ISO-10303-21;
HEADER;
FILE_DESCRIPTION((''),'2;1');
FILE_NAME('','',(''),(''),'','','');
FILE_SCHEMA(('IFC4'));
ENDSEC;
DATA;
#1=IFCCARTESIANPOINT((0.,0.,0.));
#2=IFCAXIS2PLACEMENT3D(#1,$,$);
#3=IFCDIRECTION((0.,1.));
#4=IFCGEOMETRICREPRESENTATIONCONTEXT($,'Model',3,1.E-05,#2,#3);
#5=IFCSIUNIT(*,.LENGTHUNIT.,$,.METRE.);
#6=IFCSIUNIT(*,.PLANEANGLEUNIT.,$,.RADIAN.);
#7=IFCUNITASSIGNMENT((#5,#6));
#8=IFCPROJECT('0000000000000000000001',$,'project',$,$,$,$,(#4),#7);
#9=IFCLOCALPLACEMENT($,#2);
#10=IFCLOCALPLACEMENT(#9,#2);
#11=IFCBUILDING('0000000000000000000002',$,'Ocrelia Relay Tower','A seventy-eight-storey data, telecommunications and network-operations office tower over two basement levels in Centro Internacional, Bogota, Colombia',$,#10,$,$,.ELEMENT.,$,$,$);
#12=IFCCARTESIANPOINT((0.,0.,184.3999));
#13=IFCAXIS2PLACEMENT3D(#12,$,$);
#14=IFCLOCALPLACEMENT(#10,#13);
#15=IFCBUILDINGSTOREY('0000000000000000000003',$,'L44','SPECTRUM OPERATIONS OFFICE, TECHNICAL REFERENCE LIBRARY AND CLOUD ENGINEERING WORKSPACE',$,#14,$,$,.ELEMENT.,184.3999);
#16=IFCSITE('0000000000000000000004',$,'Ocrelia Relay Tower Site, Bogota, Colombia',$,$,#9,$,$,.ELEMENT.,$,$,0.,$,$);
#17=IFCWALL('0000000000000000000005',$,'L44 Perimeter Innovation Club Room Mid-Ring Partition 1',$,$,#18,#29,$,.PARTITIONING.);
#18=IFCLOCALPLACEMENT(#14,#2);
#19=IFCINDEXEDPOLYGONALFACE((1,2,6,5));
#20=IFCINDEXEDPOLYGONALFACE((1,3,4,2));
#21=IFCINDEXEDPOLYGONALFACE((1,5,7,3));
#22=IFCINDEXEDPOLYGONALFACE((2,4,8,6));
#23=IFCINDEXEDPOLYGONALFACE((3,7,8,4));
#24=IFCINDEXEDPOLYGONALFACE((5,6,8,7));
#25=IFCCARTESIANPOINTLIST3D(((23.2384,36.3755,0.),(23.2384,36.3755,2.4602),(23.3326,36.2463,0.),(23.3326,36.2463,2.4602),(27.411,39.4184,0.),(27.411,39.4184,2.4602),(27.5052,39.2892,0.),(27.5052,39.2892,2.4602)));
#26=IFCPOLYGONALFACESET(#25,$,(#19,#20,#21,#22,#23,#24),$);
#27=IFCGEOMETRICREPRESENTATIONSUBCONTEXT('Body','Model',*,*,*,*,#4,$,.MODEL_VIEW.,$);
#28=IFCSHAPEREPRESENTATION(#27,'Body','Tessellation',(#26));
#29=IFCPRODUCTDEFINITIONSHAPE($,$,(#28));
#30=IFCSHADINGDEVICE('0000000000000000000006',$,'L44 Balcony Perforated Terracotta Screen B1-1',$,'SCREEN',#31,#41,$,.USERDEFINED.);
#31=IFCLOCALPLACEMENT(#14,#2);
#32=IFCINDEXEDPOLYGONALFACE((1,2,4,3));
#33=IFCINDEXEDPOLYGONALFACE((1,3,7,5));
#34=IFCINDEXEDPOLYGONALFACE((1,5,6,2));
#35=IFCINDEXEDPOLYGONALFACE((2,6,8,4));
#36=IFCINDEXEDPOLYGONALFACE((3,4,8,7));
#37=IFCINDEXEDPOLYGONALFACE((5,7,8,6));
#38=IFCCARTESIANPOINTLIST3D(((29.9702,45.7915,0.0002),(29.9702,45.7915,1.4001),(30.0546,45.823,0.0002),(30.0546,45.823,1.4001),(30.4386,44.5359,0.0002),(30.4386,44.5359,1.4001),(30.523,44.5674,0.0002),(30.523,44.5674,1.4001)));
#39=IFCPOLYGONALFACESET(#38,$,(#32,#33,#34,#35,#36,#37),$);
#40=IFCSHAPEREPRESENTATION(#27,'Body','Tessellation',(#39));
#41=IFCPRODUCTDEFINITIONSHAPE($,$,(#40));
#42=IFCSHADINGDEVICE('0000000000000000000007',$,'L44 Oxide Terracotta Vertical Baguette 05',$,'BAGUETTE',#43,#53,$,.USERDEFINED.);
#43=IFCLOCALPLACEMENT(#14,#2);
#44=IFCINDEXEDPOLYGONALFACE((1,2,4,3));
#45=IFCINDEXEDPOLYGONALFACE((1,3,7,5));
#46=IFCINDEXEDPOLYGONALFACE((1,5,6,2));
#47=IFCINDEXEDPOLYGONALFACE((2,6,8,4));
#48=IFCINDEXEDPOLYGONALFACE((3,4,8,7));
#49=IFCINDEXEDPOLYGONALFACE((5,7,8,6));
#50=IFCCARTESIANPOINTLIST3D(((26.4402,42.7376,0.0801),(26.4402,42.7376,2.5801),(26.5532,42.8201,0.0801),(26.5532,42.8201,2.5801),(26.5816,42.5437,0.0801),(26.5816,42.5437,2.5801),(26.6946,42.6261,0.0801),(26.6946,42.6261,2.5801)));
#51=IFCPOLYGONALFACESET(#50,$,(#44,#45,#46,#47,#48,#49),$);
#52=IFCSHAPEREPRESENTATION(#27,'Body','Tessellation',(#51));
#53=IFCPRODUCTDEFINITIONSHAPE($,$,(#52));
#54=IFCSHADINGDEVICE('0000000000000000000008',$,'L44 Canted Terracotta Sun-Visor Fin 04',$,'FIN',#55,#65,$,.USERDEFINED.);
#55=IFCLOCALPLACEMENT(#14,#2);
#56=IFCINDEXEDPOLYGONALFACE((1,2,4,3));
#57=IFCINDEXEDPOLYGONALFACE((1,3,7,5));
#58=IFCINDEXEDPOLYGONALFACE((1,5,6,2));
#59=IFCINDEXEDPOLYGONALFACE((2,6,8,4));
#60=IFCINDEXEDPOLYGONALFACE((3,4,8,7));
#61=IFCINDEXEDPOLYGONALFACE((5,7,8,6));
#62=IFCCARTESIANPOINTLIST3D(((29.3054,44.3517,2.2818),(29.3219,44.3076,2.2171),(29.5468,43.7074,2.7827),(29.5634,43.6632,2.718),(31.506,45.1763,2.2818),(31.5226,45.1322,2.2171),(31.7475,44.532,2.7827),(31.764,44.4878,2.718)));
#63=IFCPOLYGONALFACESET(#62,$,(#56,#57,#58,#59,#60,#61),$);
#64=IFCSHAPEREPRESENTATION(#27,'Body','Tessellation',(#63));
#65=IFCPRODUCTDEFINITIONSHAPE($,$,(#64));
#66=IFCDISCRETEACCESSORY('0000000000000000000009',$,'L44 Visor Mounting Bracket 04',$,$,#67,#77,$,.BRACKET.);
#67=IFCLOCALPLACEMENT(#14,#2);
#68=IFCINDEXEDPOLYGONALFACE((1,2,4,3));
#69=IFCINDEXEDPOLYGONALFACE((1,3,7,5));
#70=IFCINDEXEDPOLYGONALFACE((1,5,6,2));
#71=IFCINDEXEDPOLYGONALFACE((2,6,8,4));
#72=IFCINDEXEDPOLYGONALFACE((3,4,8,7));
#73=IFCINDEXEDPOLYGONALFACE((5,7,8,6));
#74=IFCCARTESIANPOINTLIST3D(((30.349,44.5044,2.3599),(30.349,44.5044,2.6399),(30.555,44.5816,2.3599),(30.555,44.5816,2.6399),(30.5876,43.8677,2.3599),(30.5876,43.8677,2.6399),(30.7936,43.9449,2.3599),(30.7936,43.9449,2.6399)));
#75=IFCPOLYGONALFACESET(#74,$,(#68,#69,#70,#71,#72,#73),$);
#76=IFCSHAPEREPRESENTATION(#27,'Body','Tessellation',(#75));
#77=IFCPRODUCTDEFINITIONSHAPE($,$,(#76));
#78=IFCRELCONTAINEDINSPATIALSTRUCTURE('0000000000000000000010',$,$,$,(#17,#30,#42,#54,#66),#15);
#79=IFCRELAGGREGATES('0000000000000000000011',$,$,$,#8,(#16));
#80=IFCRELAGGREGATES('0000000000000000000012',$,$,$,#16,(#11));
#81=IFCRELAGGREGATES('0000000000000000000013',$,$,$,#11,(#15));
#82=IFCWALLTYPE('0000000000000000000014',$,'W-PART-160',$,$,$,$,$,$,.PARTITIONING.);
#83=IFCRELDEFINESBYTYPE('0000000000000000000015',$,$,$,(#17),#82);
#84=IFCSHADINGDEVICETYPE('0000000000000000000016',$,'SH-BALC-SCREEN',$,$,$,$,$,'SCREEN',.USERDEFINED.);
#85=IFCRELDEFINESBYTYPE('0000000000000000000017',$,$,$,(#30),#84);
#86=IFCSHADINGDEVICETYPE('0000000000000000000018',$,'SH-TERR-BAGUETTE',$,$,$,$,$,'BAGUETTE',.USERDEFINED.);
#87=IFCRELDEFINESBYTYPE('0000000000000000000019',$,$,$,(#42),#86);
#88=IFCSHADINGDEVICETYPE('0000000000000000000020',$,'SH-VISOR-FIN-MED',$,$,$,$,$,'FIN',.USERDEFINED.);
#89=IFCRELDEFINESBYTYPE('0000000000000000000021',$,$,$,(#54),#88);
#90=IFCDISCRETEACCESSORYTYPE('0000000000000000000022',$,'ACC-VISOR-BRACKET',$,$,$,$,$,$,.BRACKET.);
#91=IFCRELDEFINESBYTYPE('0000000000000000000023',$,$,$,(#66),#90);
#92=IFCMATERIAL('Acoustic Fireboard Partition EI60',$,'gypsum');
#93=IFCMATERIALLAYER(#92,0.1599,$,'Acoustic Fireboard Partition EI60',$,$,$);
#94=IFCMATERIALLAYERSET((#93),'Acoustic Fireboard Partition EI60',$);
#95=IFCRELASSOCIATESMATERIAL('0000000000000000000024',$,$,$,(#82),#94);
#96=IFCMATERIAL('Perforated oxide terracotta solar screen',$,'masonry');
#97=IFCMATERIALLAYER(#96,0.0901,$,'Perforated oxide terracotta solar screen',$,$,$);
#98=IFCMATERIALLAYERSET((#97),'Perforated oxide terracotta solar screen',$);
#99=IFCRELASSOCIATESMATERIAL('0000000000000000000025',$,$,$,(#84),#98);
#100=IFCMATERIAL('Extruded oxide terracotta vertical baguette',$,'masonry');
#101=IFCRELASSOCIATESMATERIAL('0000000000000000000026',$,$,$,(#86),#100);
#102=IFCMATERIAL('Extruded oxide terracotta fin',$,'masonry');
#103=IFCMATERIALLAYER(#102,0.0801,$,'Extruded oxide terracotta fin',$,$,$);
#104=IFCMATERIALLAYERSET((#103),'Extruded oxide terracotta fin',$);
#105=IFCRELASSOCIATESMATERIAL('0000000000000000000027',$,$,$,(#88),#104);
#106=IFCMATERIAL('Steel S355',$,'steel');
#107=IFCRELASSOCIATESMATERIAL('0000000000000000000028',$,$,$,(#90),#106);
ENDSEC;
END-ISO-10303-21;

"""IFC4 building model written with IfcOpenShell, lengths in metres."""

from ifc_helpers import new_model, si_unit, direction, frame, frame_2d, origin, origin_2d, place, context, subcontext, project, spatial, rectangle, extrude, material, layer, layer_set, type_object, element, save


model = new_model("IFC4")

# Units and contexts
model_context = context("Model", 3, precision=1e-05, world=origin(), true_north=direction((0.0, 1.0)))
body_context = subcontext(model_context, "Body", "Model", "MODEL_VIEW")
ifc_project = project(units=[si_unit("LENGTHUNIT", "METRE"), si_unit("PLANEANGLEUNIT", "RADIAN")], contexts=[model_context])

# Site, building, storey
site_placement = place(None, origin())
site = spatial("IfcSite", under=ifc_project, at=site_placement, Name="Ocrelia Relay Tower Site, Bogota, Colombia", CompositionType="ELEMENT", RefElevation=0.0)
building_placement = place(site_placement, origin())
building = spatial("IfcBuilding", under=site, at=building_placement, Name="Ocrelia Relay Tower", Description="A seventy-eight-storey data, telecommunications and network-operations office tower over two basement levels in Centro Internacional, Bogota, Colombia", CompositionType="ELEMENT")
storey_placement = place(building_placement, frame((0.0, 0.0, 184.3999)))
storey = spatial("IfcBuildingStorey", under=building, at=storey_placement, Name="L44", Description="SPECTRUM OPERATIONS OFFICE, TECHNICAL REFERENCE LIBRARY AND CLOUD ENGINEERING WORKSPACE", CompositionType="ELEMENT", Elevation=184.3999)

# Shared definitions
ifc_material_1 = material(Name="Steel S355", Category="steel")

# Wall
ifc_material_2 = material(Name="Acoustic Fireboard Partition EI60", Category="gypsum")
ifc_layer_1 = layer(ifc_material_2, 0.1599, Name="Acoustic Fireboard Partition EI60")
ifc_layer_set_1 = layer_set([ifc_layer_1], Name="Acoustic Fireboard Partition EI60")
wall_type_1 = type_object("IfcWallType", Name="W-PART-160", PredefinedType="PARTITIONING", material=ifc_layer_set_1)
wall_1_placement = place(storey_placement, frame((27.458, 39.3538, 0.0), z_axis=(0.0, 0.0, 1.0), x_axis=(-0.807967, -0.589228, 0.0)))
element("IfcWall", 1, at=wall_1_placement, inside=storey, type_object=wall_type_1, Name="L44 Perimeter Innovation Club Room Mid-Ring Partition 1", PredefinedType="PARTITIONING", context=body_context, shape_type="SweptSolid", body=[
    extrude(rectangle(XDim=5.1643, YDim=0.1599, at=frame_2d((2.582, 0.0))), origin(), (0.0, 0.0, 1.0), 2.4602),
])

# Shading devices
ifc_material_3 = material(Name="Perforated oxide terracotta solar screen", Category="masonry")
ifc_layer_2 = layer(ifc_material_3, 0.0901, Name="Perforated oxide terracotta solar screen")
ifc_layer_set_2 = layer_set([ifc_layer_2], Name="Perforated oxide terracotta solar screen")
shading_device_type_1 = type_object("IfcShadingDeviceType", Name="SH-BALC-SCREEN", ElementType="SCREEN", PredefinedType="USERDEFINED", material=ifc_layer_set_2)
shading_device_1_placement = place(storey_placement, frame((30.2466, 45.1794, 0.0002), z_axis=(0.0, 0.0, 1.0), x_axis=(-0.349487, 0.936941, 0.0)))
element("IfcShadingDevice", 2, at=shading_device_1_placement, inside=storey, type_object=shading_device_type_1, Name="L44 Balcony Perforated Terracotta Screen B1-1", ObjectType="SCREEN", PredefinedType="USERDEFINED", context=body_context, shape_type="SweptSolid", body=[
    extrude(rectangle(XDim=1.3401, YDim=0.0901, at=origin_2d()), origin(), (0.0, 0.0, 1.0), 1.3999),
])
ifc_material_4 = material(Name="Extruded oxide terracotta vertical baguette", Category="masonry")
shading_device_type_2 = type_object("IfcShadingDeviceType", Name="SH-TERR-BAGUETTE", ElementType="BAGUETTE", PredefinedType="USERDEFINED", material=ifc_material_4)
shading_device_2_placement = place(storey_placement, frame((26.5674, 42.6819, 0.0801), z_axis=(0.0, 0.0, 1.0), x_axis=(-0.807992, -0.589194, 0.0)))
element("IfcShadingDevice", 3, at=shading_device_2_placement, inside=storey, type_object=shading_device_type_2, Name="L44 Oxide Terracotta Vertical Baguette 05", ObjectType="BAGUETTE", PredefinedType="USERDEFINED", context=body_context, shape_type="SweptSolid", body=[
    extrude(rectangle(XDim=0.1399, YDim=0.24, at=origin_2d()), origin(), (0.0, 0.0, 1.0), 2.5),
])
ifc_material_5 = material(Name="Extruded oxide terracotta fin", Category="masonry")
ifc_layer_3 = layer(ifc_material_5, 0.0801, Name="Extruded oxide terracotta fin")
ifc_layer_set_3 = layer_set([ifc_layer_3], Name="Extruded oxide terracotta fin")
shading_device_type_3 = type_object("IfcShadingDeviceType", Name="SH-VISOR-FIN-MED", ElementType="FIN", PredefinedType="USERDEFINED", material=ifc_layer_set_3)
shading_device_3_placement = place(storey_placement, frame((30.543, 44.3977, 2.4675), z_axis=(-0.206495, 0.551073, 0.808504), x_axis=(-0.936417, -0.350888, 0.0)))
element("IfcShadingDevice", 4, at=shading_device_3_placement, inside=storey, type_object=shading_device_type_3, Name="L44 Canted Terracotta Sun-Visor Fin 04", ObjectType="FIN", PredefinedType="USERDEFINED", context=body_context, shape_type="SweptSolid", body=[
    extrude(rectangle(XDim=2.3501, YDim=0.8511, at=origin_2d()), origin(), (0.0, 0.0, 1.0), 0.0801),
])

# Discrete accessory
discrete_accessory_type = type_object("IfcDiscreteAccessoryType", Name="ACC-VISOR-BRACKET", PredefinedType="BRACKET", material=ifc_material_1)
discrete_accessory_placement = place(storey_placement, frame((30.5713, 44.2246, 2.3599), z_axis=(0.0, 0.0, 1.0), x_axis=(-0.936417, -0.350888, 0.0)))
element("IfcDiscreteAccessory", 5, at=discrete_accessory_placement, inside=storey, type_object=discrete_accessory_type, Name="L44 Visor Mounting Bracket 04", PredefinedType="BRACKET", context=body_context, shape_type="SweptSolid", body=[
    extrude(rectangle(XDim=0.22, YDim=0.6799, at=origin_2d()), origin(), (0.0, 0.0, 1.0), 0.28),
])

save(model, "model.ifc")
